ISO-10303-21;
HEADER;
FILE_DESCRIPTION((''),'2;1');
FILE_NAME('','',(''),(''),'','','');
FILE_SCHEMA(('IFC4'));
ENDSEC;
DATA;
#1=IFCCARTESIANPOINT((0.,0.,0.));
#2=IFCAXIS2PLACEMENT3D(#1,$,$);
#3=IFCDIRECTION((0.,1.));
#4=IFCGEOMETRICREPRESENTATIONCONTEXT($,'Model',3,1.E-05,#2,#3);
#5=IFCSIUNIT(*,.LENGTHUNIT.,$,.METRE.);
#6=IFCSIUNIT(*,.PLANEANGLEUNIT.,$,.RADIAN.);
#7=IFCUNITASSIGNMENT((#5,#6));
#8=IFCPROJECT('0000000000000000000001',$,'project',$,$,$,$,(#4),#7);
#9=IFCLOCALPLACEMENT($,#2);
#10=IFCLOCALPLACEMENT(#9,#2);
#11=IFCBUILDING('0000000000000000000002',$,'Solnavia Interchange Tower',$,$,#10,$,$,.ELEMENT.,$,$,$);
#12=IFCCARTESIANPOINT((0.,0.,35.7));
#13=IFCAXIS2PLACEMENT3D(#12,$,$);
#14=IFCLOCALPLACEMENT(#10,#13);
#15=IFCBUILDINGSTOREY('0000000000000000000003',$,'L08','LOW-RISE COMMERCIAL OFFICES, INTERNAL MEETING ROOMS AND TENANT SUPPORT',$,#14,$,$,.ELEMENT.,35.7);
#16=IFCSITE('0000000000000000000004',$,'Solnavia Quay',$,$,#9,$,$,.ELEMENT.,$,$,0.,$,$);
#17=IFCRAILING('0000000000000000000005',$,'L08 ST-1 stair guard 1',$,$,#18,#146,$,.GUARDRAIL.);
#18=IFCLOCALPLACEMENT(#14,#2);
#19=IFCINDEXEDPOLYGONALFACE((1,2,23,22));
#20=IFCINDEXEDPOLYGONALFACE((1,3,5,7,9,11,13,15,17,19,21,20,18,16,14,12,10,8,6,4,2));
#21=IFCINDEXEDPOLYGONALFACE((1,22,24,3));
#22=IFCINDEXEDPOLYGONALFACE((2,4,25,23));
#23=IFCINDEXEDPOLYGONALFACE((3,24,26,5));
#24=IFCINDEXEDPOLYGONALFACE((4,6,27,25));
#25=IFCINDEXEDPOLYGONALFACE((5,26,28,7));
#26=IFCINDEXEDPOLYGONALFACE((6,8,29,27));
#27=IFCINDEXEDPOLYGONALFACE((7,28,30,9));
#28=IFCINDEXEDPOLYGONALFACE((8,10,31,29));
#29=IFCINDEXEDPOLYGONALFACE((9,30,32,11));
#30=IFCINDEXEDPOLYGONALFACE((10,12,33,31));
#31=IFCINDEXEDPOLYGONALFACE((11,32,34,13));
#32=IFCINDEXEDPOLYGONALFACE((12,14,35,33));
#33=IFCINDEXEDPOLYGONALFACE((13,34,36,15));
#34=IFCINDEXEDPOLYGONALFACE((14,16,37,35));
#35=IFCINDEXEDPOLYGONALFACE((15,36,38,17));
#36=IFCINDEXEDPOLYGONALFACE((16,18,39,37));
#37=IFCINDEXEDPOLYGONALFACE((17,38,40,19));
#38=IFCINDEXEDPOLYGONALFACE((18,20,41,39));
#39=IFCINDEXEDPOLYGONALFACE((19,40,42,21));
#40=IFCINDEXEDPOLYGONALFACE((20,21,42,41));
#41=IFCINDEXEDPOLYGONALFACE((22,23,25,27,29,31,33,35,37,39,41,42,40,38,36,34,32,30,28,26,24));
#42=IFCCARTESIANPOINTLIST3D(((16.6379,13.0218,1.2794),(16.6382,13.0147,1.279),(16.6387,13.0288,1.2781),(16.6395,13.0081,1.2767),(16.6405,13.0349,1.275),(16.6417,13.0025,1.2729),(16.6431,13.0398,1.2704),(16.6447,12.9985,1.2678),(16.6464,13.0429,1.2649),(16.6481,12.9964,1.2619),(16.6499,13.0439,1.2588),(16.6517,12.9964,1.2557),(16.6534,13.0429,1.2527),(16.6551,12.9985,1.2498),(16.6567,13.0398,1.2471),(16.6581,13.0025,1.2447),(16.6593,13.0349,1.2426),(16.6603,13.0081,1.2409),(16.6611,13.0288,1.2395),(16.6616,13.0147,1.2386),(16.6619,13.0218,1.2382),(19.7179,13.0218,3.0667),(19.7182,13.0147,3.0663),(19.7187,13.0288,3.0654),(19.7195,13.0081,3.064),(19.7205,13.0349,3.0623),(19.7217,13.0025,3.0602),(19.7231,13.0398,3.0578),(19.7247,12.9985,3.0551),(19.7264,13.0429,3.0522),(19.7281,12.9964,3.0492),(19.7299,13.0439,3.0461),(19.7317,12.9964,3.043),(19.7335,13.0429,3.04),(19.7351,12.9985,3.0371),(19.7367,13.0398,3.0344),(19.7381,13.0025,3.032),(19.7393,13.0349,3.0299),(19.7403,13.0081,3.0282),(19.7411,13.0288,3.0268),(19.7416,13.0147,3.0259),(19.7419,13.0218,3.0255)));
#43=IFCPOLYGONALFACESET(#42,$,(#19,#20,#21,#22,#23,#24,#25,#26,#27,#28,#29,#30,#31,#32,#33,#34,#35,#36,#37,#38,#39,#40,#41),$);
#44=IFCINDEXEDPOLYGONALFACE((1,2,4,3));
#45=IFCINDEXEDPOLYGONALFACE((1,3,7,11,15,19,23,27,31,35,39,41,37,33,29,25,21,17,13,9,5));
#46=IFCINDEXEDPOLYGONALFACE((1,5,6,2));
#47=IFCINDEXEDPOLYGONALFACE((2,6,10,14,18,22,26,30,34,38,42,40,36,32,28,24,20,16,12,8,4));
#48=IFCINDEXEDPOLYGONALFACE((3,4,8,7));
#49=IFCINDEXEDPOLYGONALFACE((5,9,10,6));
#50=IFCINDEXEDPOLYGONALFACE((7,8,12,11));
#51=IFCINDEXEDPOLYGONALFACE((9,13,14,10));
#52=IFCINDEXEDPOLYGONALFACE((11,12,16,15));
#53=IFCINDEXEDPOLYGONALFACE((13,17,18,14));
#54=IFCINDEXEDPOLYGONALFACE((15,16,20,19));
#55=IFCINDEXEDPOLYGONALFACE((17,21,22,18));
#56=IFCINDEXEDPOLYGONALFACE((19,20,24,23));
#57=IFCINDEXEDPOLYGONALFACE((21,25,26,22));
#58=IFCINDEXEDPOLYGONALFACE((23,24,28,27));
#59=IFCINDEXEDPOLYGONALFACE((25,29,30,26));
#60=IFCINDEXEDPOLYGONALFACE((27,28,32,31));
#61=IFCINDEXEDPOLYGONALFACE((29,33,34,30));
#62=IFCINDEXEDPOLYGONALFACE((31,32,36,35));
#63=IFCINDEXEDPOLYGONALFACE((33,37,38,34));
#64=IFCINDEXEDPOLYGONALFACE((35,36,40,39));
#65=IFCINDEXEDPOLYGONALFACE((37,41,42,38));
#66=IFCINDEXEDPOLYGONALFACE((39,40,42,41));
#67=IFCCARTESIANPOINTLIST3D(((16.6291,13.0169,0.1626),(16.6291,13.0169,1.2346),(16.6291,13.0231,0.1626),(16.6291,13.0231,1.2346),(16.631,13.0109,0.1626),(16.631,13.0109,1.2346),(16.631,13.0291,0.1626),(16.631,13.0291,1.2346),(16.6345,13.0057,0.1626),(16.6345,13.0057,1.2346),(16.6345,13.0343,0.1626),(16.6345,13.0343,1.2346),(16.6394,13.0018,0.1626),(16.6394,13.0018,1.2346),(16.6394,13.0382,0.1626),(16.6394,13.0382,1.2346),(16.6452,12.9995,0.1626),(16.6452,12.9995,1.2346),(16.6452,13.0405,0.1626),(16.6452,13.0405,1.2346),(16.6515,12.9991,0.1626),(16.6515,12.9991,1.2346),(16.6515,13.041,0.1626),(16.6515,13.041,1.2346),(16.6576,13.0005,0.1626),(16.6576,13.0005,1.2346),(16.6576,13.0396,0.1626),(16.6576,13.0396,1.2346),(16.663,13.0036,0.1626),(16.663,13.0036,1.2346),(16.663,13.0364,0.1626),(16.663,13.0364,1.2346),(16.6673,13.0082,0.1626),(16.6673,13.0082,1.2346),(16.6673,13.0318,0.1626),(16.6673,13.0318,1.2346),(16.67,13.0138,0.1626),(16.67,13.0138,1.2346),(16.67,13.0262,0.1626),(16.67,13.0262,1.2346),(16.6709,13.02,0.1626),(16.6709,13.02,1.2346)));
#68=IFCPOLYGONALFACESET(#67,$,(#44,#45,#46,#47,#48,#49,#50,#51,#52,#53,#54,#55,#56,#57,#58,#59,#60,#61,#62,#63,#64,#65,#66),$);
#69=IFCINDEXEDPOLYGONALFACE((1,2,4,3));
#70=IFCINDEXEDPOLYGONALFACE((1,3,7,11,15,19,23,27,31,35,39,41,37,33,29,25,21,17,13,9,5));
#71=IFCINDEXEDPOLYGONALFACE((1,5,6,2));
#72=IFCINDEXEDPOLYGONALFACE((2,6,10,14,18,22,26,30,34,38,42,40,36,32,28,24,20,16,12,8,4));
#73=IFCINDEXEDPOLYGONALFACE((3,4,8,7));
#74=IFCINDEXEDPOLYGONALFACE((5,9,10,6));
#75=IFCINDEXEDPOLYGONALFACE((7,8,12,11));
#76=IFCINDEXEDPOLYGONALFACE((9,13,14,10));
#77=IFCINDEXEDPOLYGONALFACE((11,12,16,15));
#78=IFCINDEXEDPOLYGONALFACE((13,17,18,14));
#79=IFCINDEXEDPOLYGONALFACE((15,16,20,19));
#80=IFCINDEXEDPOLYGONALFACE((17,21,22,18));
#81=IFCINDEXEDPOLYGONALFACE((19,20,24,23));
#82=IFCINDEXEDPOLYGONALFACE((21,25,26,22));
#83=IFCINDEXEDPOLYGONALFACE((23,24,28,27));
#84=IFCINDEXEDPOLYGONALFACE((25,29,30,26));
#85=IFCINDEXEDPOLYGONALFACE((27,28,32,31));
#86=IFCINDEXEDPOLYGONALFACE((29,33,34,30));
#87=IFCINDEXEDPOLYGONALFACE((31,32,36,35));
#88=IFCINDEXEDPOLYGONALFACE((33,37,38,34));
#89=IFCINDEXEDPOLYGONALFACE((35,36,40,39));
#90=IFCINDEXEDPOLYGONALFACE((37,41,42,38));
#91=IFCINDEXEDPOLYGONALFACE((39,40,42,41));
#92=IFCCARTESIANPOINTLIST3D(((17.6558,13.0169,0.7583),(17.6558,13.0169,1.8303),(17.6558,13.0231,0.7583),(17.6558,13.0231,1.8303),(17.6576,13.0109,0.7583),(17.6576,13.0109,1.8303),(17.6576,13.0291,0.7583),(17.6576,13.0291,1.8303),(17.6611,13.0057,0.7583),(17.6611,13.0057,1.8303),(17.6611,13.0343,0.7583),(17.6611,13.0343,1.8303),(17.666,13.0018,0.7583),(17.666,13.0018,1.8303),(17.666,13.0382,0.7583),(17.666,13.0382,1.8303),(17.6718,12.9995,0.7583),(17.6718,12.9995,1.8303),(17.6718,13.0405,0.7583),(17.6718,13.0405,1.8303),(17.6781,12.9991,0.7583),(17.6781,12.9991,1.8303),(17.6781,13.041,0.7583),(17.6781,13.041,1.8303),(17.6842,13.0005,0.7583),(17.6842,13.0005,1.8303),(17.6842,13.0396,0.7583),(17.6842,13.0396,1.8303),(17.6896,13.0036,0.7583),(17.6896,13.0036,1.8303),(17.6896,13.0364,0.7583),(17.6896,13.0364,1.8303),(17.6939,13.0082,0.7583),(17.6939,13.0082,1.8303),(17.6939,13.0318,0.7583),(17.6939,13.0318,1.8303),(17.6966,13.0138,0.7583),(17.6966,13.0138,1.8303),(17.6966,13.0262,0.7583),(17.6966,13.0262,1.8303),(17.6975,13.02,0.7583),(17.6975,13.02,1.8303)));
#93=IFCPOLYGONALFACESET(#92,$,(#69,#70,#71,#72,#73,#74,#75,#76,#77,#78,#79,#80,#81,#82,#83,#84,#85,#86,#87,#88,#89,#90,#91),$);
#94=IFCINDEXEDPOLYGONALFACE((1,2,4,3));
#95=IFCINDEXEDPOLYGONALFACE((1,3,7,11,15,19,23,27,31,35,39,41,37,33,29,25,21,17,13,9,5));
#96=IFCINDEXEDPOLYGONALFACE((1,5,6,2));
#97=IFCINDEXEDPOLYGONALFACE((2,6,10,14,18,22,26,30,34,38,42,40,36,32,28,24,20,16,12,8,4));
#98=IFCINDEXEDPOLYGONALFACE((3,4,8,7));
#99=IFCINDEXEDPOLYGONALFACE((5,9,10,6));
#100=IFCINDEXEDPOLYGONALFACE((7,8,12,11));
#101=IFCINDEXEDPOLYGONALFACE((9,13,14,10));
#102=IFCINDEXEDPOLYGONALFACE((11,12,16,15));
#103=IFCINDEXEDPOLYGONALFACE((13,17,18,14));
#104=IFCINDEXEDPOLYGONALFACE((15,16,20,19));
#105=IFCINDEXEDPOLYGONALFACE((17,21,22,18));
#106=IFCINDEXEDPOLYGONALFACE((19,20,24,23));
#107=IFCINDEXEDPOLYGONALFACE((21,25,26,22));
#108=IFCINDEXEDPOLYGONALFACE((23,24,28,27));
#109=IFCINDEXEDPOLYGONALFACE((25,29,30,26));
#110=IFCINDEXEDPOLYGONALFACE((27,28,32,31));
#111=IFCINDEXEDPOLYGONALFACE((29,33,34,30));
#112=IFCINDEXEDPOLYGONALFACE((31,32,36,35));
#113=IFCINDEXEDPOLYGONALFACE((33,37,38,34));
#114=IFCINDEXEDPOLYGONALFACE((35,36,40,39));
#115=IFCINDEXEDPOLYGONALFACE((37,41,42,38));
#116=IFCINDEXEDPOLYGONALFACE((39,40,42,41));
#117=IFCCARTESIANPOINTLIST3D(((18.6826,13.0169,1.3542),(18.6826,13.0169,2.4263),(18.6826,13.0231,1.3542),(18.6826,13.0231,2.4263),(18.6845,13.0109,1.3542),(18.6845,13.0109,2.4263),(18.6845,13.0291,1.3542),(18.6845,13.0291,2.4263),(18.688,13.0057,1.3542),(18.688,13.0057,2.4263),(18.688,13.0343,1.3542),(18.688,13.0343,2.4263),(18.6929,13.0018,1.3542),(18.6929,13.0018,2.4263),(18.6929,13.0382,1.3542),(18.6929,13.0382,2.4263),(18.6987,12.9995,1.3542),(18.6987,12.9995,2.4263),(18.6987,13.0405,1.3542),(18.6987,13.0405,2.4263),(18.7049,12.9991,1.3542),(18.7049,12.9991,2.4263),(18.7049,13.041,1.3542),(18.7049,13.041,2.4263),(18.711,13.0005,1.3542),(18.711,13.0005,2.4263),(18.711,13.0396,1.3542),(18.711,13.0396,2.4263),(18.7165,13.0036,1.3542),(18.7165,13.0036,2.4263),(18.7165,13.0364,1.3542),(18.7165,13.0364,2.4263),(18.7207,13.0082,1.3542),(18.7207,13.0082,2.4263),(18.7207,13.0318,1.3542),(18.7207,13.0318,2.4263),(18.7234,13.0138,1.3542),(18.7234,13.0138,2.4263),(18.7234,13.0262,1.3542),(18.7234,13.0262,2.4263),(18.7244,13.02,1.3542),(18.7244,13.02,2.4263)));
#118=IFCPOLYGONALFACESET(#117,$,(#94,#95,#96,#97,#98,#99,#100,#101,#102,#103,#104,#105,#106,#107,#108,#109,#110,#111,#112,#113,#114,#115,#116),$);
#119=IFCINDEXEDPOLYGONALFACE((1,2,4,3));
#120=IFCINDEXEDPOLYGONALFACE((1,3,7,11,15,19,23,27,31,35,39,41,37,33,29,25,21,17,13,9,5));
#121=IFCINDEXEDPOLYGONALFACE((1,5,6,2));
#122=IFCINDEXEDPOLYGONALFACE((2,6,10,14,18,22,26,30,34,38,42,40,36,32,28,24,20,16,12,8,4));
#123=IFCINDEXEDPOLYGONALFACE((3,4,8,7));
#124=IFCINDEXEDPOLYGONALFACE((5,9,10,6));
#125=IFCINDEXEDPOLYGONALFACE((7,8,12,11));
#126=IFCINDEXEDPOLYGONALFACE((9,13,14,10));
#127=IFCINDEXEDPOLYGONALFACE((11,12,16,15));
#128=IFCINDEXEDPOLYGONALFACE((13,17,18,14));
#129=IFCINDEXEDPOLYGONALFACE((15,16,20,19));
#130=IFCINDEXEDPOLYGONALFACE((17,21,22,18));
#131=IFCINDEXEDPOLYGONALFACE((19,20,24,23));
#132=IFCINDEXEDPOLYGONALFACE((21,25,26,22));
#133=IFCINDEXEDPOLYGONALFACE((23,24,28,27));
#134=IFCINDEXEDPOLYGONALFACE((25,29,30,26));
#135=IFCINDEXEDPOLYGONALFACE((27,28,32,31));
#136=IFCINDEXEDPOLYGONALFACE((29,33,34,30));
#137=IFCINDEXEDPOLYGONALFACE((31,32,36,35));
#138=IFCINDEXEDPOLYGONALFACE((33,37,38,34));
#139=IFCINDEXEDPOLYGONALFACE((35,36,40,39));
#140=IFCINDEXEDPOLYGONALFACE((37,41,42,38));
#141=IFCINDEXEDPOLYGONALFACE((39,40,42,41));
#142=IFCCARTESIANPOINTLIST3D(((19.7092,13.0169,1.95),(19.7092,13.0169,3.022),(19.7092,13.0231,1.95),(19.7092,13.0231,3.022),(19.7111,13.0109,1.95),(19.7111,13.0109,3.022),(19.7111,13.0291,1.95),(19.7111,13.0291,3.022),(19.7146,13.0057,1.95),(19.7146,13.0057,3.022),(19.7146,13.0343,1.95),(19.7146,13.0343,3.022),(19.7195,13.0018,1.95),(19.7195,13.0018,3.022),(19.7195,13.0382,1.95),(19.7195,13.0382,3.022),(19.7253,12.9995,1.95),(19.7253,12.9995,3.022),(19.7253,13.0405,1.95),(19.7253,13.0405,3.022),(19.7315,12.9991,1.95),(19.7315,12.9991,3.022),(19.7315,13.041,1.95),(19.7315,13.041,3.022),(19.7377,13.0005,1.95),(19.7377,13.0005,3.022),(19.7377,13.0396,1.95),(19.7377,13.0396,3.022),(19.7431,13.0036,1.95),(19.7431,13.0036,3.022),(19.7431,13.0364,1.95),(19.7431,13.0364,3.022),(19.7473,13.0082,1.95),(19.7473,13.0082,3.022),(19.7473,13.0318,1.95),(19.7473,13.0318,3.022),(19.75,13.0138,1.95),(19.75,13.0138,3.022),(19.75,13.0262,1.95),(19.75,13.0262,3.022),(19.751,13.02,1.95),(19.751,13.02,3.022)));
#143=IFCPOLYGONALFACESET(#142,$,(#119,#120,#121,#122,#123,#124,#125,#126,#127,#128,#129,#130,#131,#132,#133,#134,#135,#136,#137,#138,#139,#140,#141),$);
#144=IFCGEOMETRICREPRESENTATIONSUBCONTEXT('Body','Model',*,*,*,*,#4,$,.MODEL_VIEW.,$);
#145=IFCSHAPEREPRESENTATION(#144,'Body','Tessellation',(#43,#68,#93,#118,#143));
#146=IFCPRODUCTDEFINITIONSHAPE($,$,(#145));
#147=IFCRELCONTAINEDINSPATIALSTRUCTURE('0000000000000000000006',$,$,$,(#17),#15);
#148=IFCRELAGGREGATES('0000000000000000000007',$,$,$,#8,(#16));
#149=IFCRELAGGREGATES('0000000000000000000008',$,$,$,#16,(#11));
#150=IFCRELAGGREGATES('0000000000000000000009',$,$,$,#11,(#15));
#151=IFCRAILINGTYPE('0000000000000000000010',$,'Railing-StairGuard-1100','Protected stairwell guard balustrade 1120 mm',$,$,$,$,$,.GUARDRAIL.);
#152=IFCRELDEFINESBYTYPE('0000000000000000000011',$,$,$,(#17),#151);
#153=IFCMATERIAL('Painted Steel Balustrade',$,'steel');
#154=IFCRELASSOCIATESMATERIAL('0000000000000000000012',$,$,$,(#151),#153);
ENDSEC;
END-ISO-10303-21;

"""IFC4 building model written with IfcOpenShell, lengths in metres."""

from ifc_helpers import new_model, si_unit, direction, frame, origin, origin_2d, place, context, subcontext, project, spatial, circle, extrude, material, type_object, element, save


model = new_model("IFC4")

# Units and contexts
model_context = context("Model", 3, precision=1e-05, world=origin(), true_north=direction((0.0, 1.0)))
body_context = subcontext(model_context, "Body", "Model", "MODEL_VIEW")
ifc_project = project(units=[si_unit("LENGTHUNIT", "METRE"), si_unit("PLANEANGLEUNIT", "RADIAN")], contexts=[model_context])

# Site, building, storey
site_placement = place(None, origin())
site = spatial("IfcSite", under=ifc_project, at=site_placement, Name="Solnavia Quay", CompositionType="ELEMENT", RefElevation=0.0)
building_placement = place(site_placement, origin())
building = spatial("IfcBuilding", under=site, at=building_placement, Name="Solnavia Interchange Tower", CompositionType="ELEMENT")
storey_placement = place(building_placement, frame((0.0, 0.0, 35.7)))
storey = spatial("IfcBuildingStorey", under=building, at=storey_placement, Name="L08", Description="LOW-RISE COMMERCIAL OFFICES, INTERNAL MEETING ROOMS AND TENANT SUPPORT", CompositionType="ELEMENT", Elevation=35.7)

# Railing
ifc_material_1 = material(Name="Painted Steel Balustrade", Category="steel")
railing_type_1 = type_object("IfcRailingType", Name="Railing-StairGuard-1100", Description="Protected stairwell guard balustrade 1120 mm", PredefinedType="GUARDRAIL", material=ifc_material_1)
railing_1_placement = place(storey_placement, frame((16.6499, 13.02, 0.1626)))
element("IfcRailing", 1, at=railing_1_placement, inside=storey, type_object=railing_type_1, Name="L08 ST-1 stair guard 1", PredefinedType="GUARDRAIL", context=body_context, shape_type="SweptSolid", body=[
    extrude(circle(Radius=0.0239, at=origin_2d()), frame((0.0, 0.0, 1.0962), z_axis=(0.86492, 0.0, 0.501909), x_axis=(0.0, 1.0, 0.0)), (0.0, 0.0, 1.0), 3.561),
    extrude(circle(Radius=0.021, at=origin_2d()), origin(), (0.0, 0.0, 1.0), 1.072),
    extrude(circle(Radius=0.021, at=origin_2d()), frame((1.0266, 0.0, 0.5957)), (0.0, 0.0, 1.0), 1.072),
    extrude(circle(Radius=0.021, at=origin_2d()), frame((2.0535, 0.0, 1.1917)), (0.0, 0.0, 1.0), 1.072),
    extrude(circle(Radius=0.021, at=origin_2d()), frame((3.0801, 0.0, 1.7874)), (0.0, 0.0, 1.0), 1.072),
])

save(model, "model.ifc")
